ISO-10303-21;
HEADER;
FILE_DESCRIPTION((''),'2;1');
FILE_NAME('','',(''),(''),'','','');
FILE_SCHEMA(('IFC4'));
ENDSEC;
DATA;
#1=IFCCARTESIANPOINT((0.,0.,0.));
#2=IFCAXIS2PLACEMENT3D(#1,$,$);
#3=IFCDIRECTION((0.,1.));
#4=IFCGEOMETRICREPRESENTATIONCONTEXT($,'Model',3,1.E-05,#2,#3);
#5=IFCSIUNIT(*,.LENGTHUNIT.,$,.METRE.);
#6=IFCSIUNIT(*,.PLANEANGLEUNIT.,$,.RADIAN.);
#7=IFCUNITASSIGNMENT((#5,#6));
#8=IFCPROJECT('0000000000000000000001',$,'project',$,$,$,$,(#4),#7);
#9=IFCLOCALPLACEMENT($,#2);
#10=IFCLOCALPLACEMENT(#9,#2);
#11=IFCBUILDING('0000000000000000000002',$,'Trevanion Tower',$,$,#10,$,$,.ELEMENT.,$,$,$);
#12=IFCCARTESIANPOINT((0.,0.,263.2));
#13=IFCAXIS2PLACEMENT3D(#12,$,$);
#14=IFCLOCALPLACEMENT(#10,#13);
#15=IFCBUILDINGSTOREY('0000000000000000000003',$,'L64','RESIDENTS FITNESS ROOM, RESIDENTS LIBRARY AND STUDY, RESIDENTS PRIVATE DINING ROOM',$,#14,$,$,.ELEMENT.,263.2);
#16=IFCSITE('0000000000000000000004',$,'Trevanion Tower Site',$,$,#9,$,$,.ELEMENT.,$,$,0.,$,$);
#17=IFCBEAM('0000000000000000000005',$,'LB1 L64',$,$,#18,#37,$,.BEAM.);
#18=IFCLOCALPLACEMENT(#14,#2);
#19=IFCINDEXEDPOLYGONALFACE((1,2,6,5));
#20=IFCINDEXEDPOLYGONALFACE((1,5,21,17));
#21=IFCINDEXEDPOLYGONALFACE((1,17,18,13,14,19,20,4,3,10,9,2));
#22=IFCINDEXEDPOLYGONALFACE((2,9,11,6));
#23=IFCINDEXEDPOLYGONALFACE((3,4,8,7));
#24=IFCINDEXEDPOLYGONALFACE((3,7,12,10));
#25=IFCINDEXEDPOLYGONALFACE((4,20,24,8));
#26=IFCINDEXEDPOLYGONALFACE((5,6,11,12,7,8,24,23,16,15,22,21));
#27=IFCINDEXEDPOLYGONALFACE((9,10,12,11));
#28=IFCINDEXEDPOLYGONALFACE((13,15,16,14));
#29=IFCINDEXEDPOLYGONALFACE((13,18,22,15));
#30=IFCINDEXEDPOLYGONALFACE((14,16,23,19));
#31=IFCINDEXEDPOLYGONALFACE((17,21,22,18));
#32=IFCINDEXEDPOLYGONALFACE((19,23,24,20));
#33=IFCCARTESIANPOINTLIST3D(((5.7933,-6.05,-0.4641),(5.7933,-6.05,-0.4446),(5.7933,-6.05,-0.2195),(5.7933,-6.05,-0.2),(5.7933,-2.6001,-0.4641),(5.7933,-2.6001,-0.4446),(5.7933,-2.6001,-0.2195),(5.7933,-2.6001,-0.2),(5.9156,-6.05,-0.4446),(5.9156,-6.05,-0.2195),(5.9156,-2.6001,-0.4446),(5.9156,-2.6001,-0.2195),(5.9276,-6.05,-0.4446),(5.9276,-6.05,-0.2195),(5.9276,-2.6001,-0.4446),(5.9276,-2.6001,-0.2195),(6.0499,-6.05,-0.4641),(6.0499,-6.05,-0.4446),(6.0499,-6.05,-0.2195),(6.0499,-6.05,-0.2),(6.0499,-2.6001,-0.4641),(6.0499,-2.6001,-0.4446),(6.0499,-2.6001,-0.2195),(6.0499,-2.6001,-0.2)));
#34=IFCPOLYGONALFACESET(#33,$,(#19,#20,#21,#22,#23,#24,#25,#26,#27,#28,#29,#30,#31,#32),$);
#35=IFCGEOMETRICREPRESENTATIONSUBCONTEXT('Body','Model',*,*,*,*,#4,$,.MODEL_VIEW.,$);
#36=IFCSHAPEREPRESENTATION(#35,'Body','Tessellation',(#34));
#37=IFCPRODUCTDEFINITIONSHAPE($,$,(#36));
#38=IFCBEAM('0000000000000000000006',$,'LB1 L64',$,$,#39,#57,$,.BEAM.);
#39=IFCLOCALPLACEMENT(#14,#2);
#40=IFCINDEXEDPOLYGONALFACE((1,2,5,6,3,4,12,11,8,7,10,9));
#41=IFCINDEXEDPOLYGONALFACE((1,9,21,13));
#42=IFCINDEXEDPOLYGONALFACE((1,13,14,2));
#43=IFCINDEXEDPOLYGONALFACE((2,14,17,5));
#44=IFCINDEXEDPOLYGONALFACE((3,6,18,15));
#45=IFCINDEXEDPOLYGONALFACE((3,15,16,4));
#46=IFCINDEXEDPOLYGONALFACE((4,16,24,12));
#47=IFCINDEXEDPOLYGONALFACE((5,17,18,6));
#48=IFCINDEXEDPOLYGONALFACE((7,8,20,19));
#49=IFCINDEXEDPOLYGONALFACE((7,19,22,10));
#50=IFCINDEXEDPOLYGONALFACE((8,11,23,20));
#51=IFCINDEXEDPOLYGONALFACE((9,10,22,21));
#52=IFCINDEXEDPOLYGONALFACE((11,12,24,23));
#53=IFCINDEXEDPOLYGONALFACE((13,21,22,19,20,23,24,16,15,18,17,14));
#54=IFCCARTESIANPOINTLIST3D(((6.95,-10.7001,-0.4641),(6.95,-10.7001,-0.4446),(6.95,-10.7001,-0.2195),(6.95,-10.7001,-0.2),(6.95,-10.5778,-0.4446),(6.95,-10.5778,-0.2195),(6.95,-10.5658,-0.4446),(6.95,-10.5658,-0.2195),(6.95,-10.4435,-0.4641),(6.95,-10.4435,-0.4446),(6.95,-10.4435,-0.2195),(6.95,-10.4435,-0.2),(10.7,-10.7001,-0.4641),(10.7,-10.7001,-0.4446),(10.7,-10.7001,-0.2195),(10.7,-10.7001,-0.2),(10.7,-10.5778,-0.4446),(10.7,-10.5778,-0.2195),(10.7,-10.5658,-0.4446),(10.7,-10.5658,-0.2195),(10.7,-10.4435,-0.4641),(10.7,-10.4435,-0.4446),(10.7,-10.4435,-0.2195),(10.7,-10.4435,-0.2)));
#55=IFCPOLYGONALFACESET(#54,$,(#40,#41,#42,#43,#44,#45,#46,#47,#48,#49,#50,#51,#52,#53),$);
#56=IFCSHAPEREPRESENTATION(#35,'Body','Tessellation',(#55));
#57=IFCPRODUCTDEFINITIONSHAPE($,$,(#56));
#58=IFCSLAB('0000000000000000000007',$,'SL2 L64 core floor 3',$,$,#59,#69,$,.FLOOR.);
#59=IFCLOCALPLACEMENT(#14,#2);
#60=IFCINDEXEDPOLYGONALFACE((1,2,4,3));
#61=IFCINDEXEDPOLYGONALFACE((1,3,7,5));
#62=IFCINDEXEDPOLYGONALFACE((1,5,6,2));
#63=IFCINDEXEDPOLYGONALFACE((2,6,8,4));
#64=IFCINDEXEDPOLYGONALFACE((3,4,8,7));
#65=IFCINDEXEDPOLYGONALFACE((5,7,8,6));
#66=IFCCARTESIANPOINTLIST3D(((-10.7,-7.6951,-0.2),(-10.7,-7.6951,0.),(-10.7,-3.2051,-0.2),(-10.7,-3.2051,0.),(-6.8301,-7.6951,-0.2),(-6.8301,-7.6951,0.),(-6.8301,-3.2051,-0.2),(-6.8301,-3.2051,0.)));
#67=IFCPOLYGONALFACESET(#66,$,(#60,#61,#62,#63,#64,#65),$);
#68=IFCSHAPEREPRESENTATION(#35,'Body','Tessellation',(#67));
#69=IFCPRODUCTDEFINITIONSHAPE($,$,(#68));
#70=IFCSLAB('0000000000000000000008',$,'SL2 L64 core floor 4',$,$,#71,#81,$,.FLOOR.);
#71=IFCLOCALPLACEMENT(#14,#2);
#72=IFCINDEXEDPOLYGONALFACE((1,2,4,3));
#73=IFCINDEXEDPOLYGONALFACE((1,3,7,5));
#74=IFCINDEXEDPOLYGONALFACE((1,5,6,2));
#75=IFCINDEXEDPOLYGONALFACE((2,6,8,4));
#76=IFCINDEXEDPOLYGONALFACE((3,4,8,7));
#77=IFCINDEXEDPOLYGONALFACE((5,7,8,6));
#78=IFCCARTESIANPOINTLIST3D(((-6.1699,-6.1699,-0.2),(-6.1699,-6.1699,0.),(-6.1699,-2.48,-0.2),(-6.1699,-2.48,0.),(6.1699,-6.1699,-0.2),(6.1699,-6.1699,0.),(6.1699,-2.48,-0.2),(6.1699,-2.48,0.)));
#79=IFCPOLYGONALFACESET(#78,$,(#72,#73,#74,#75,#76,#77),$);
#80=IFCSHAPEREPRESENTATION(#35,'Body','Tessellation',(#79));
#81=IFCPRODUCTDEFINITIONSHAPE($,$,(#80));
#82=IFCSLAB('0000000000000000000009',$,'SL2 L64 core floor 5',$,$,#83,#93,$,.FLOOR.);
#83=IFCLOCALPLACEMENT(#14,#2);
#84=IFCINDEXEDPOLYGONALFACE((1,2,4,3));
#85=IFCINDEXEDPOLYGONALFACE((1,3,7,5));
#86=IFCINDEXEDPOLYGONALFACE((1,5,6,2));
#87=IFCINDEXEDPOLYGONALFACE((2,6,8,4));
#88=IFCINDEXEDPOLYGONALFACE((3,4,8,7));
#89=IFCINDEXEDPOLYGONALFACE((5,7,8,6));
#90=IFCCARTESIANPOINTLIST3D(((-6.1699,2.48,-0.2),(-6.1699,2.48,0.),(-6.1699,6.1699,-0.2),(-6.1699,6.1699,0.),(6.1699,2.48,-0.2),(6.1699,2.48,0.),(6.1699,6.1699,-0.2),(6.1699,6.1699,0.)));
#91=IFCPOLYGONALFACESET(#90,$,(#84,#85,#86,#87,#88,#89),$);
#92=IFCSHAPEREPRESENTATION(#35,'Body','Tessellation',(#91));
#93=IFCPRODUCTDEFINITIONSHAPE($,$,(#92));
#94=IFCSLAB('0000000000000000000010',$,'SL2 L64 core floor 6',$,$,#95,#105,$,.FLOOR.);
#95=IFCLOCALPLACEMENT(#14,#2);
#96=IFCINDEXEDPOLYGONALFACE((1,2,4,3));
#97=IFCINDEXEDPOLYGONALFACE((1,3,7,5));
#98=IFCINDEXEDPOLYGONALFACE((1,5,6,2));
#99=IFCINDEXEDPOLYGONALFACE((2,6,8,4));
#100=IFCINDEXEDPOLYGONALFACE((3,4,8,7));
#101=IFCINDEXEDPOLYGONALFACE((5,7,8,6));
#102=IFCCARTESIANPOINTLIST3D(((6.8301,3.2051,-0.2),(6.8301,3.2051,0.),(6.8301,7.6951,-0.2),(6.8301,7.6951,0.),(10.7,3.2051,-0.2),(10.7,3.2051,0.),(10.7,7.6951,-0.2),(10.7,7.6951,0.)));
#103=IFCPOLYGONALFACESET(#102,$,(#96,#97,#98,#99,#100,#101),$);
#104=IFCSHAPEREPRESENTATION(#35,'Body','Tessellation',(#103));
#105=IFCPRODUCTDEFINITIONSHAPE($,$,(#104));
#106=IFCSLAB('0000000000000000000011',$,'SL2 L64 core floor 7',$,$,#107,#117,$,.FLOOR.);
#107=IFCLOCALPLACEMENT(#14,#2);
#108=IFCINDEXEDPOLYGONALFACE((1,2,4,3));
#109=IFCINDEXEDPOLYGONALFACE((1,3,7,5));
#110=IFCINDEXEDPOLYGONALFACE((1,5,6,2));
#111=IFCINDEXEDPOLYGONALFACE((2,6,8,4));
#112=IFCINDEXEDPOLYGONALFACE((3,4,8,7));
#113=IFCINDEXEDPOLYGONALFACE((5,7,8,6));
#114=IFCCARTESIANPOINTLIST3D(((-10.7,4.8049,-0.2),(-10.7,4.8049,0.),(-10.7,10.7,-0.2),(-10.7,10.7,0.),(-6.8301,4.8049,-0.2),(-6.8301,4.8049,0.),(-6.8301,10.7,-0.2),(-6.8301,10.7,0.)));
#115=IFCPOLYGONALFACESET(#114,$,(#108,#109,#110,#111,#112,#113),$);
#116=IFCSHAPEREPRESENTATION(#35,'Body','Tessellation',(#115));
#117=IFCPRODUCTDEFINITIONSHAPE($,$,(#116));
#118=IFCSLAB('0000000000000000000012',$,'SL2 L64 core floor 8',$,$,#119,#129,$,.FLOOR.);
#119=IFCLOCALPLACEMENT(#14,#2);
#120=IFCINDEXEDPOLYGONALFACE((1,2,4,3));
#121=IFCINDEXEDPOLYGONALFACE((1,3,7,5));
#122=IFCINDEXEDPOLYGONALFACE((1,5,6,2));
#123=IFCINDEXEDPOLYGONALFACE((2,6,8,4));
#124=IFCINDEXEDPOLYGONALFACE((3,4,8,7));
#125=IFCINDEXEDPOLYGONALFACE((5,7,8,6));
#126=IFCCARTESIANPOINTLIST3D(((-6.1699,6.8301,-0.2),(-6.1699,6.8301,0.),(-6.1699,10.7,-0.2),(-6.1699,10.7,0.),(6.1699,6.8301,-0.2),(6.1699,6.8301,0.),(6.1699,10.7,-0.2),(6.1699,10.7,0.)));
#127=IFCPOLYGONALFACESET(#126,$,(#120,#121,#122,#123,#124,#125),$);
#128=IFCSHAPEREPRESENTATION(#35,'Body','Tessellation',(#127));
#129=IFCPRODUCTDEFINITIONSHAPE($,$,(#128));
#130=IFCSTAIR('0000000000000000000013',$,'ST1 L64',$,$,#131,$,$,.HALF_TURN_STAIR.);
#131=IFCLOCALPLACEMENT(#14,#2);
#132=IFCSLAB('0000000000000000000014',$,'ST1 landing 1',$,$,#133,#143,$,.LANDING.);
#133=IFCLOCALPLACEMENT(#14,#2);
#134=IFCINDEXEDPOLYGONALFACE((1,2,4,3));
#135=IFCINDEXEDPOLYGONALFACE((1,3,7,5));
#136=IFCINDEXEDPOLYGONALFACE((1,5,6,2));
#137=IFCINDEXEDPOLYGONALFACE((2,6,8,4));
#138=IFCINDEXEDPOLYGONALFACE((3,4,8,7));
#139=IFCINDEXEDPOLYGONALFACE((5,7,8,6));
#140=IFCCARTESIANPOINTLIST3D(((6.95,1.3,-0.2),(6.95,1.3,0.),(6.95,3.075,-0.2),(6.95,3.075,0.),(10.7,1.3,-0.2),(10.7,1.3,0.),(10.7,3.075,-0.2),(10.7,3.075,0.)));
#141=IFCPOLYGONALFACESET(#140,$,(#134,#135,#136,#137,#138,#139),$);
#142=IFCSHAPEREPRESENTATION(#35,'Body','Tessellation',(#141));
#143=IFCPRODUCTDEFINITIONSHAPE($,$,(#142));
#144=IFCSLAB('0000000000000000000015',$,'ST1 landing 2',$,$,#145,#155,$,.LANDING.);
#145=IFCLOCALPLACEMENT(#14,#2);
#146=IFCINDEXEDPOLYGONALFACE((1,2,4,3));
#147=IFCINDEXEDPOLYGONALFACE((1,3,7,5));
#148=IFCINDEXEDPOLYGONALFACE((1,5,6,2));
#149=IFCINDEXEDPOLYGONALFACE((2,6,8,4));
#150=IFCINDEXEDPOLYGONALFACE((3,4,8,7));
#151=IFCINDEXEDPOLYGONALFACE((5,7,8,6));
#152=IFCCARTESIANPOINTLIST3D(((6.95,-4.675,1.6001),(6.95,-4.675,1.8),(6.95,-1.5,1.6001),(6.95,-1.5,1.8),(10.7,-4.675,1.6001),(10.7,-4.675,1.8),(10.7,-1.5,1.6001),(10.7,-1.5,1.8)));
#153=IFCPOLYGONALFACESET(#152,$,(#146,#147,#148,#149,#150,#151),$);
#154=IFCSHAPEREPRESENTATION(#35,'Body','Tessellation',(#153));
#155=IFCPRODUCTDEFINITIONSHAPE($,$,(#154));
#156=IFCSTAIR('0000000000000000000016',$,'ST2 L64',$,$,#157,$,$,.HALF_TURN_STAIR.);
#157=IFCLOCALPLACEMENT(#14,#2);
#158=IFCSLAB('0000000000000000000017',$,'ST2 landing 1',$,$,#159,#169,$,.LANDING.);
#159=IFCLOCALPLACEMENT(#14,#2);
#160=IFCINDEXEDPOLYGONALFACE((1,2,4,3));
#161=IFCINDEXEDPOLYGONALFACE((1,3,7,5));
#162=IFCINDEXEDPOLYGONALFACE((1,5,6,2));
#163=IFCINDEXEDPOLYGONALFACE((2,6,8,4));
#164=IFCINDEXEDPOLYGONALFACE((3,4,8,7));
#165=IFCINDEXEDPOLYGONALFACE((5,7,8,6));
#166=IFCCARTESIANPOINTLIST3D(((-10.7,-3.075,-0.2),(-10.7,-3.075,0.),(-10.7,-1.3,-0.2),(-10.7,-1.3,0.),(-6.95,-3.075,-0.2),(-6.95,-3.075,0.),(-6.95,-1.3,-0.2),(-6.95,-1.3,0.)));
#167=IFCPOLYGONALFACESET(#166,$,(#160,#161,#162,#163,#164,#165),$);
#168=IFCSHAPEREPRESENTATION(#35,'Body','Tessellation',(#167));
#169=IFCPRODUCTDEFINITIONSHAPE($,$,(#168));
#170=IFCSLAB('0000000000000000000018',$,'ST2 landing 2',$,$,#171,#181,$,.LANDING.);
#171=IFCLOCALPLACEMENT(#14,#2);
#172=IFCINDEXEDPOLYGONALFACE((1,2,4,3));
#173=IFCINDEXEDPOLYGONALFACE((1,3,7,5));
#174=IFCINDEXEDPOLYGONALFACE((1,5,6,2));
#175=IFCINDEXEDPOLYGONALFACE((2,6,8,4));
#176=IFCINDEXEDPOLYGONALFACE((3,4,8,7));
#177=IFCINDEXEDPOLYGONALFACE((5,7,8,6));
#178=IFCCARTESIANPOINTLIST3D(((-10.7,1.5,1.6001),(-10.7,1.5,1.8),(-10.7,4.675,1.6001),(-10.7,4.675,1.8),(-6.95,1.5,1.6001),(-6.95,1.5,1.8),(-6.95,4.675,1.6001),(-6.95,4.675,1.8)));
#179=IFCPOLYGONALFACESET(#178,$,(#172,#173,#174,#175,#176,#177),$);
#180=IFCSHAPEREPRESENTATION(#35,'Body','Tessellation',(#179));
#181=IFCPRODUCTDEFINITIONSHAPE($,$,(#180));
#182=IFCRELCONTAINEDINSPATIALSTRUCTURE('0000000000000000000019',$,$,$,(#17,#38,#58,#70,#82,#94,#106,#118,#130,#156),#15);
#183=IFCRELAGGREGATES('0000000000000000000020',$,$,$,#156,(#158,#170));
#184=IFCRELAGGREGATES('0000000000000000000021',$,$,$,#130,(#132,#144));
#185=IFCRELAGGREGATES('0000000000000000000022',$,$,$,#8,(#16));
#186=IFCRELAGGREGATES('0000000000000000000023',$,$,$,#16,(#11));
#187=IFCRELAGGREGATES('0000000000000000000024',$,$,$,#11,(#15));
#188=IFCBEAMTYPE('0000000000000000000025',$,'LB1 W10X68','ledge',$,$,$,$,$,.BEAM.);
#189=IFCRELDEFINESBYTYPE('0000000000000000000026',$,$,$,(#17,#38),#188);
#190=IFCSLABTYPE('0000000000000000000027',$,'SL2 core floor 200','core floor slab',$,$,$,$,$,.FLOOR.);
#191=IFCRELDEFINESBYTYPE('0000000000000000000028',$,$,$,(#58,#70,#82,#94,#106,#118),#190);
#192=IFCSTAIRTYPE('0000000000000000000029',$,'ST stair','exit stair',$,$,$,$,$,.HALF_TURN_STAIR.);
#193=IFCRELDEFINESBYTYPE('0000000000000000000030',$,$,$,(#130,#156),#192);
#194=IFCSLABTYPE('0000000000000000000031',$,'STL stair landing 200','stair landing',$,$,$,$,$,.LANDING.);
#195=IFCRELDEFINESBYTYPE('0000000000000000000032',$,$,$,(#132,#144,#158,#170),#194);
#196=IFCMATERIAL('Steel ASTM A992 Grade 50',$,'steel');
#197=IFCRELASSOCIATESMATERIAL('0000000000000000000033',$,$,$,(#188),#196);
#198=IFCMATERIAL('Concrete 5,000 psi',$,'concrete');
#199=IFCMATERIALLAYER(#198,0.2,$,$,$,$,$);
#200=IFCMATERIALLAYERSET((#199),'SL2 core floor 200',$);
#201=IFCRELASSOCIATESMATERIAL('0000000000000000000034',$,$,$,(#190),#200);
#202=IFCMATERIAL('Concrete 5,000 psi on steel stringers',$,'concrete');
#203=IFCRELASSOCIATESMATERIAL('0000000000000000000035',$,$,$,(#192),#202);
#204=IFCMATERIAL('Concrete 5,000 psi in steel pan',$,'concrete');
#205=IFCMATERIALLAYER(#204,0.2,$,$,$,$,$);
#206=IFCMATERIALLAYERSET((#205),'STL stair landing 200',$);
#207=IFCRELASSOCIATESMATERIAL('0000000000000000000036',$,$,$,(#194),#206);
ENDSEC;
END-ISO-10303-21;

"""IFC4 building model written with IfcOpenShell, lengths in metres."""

from ifc_helpers import new_model, si_unit, direction, frame, origin, origin_2d, place, context, subcontext, project, spatial, polyline, i_section, outline, extrude, material, layer, layer_set, material_profile, profile_set, type_object, element, aggregate, save


model = new_model("IFC4")

# Units and contexts
model_context = context("Model", 3, precision=1e-05, world=origin(), true_north=direction((0.0, 1.0)))
body_context = subcontext(model_context, "Body", "Model", "MODEL_VIEW")
ifc_project = project(units=[si_unit("LENGTHUNIT", "METRE"), si_unit("PLANEANGLEUNIT", "RADIAN")], contexts=[model_context])

# Site, building, storey
site_placement = place(None, origin())
site = spatial("IfcSite", under=ifc_project, at=site_placement, Name="Trevanion Tower Site", CompositionType="ELEMENT", RefElevation=0.0)
building_placement = place(site_placement, origin())
building = spatial("IfcBuilding", under=site, at=building_placement, Name="Trevanion Tower", CompositionType="ELEMENT")
storey_placement = place(building_placement, frame((0.0, 0.0, 263.2)))
storey = spatial("IfcBuildingStorey", under=building, at=storey_placement, Name="L64", Description="RESIDENTS FITNESS ROOM, RESIDENTS LIBRARY AND STUDY, RESIDENTS PRIVATE DINING ROOM", CompositionType="ELEMENT", Elevation=263.2)

# Beams
ifc_material_1 = material(Name="Steel ASTM A992 Grade 50", Category="steel")
ifc_material_profile = material_profile(ifc_material_1, i_section(OverallWidth=0.2566, OverallDepth=0.2642, WebThickness=0.012, FlangeThickness=0.0195, at=origin_2d()), Name="W10X68")
ifc_profile_set = profile_set([ifc_material_profile], Name="Steel ASTM A992 Grade 50")
beam_type = type_object("IfcBeamType", Name="LB1 W10X68", Description="ledge", PredefinedType="BEAM", material=ifc_profile_set)
beam_1_placement = place(storey_placement, frame((5.9216, -6.05, -0.332), z_axis=(0.0, 1.0, 0.0), x_axis=(-1.0, 0.0, 0.0)))
element("IfcBeam", 1, at=beam_1_placement, inside=storey, type_object=beam_type, Name="LB1 L64", PredefinedType="BEAM", context=body_context, shape_type="SweptSolid", body=[
    extrude(i_section(OverallWidth=0.2566, OverallDepth=0.2642, WebThickness=0.012, FlangeThickness=0.0195, at=origin_2d()), origin(), (0.0, 0.0, 1.0), 3.45),
])
beam_2_placement = place(storey_placement, frame((6.95, -10.5718, -0.332), z_axis=(1.0, 0.0, 0.0), x_axis=(0.0, 1.0, 0.0)))
element("IfcBeam", 2, at=beam_2_placement, inside=storey, type_object=beam_type, Name="LB1 L64", PredefinedType="BEAM", context=body_context, shape_type="SweptSolid", body=[
    extrude(i_section(OverallWidth=0.2566, OverallDepth=0.2642, WebThickness=0.012, FlangeThickness=0.0195, at=origin_2d()), origin(), (0.0, 0.0, 1.0), 3.75),
])

# Slabs
ifc_material_2 = material(Name="Concrete 5,000 psi", Category="concrete")
ifc_layer_1 = layer(ifc_material_2, 0.2)
ifc_layer_set_1 = layer_set([ifc_layer_1], Name="SL2 core floor 200")
slab_type_1 = type_object("IfcSlabType", Name="SL2 core floor 200", Description="core floor slab", PredefinedType="FLOOR", material=ifc_layer_set_1)
slab_1_placement = place(storey_placement, frame((0.0, 0.0, -0.2)))
element("IfcSlab", 3, at=slab_1_placement, inside=storey, type_object=slab_type_1, Name="SL2 L64 core floor 3", PredefinedType="FLOOR", context=body_context, shape_type="SweptSolid", body=[
    extrude(outline(polyline([(-6.8301, -3.2051), (-6.8301, -7.6951), (-10.7, -7.6951), (-10.7, -3.2051), (-6.8301, -3.2051)])), origin(), (0.0, 0.0, 1.0), 0.2),
])
slab_2_placement = place(storey_placement, frame((0.0, 0.0, -0.2)))
element("IfcSlab", 4, at=slab_2_placement, inside=storey, type_object=slab_type_1, Name="SL2 L64 core floor 4", PredefinedType="FLOOR", context=body_context, shape_type="SweptSolid", body=[
    extrude(outline(polyline([(6.1699, -6.1699), (-6.1699, -6.1699), (-6.1699, -2.48), (6.1699, -2.48), (6.1699, -6.1699)])), origin(), (0.0, 0.0, 1.0), 0.2),
])
slab_3_placement = place(storey_placement, frame((0.0, 0.0, -0.2)))
element("IfcSlab", 5, at=slab_3_placement, inside=storey, type_object=slab_type_1, Name="SL2 L64 core floor 5", PredefinedType="FLOOR", context=body_context, shape_type="SweptSolid", body=[
    extrude(outline(polyline([(6.1699, 2.48), (-6.1699, 2.48), (-6.1699, 6.1699), (6.1699, 6.1699), (6.1699, 2.48)])), origin(), (0.0, 0.0, 1.0), 0.2),
])
slab_4_placement = place(storey_placement, frame((0.0, 0.0, -0.2)))
element("IfcSlab", 6, at=slab_4_placement, inside=storey, type_object=slab_type_1, Name="SL2 L64 core floor 6", PredefinedType="FLOOR", context=body_context, shape_type="SweptSolid", body=[
    extrude(outline(polyline([(6.8301, 3.2051), (6.8301, 7.6951), (10.7, 7.6951), (10.7, 3.2051), (6.8301, 3.2051)])), origin(), (0.0, 0.0, 1.0), 0.2),
])
slab_5_placement = place(storey_placement, frame((0.0, 0.0, -0.2)))
element("IfcSlab", 7, at=slab_5_placement, inside=storey, type_object=slab_type_1, Name="SL2 L64 core floor 7", PredefinedType="FLOOR", context=body_context, shape_type="SweptSolid", body=[
    extrude(outline(polyline([(-6.8301, 4.8049), (-10.7, 4.8049), (-10.7, 10.7), (-6.8301, 10.7), (-6.8301, 4.8049)])), origin(), (0.0, 0.0, 1.0), 0.2),
])
slab_6_placement = place(storey_placement, frame((0.0, 0.0, -0.2)))
element("IfcSlab", 8, at=slab_6_placement, inside=storey, type_object=slab_type_1, Name="SL2 L64 core floor 8", PredefinedType="FLOOR", context=body_context, shape_type="SweptSolid", body=[
    extrude(outline(polyline([(6.1699, 6.8301), (-6.1699, 6.8301), (-6.1699, 10.7), (6.1699, 10.7), (6.1699, 6.8301)])), origin(), (0.0, 0.0, 1.0), 0.2),
])

# Stairs, slabs
ifc_material_3 = material(Name="Concrete 5,000 psi on steel stringers", Category="concrete")
stair_type = type_object("IfcStairType", Name="ST stair", Description="exit stair", PredefinedType="HALF_TURN_STAIR", material=ifc_material_3)
stair_1_placement = place(storey_placement, origin())
stair_1 = element("IfcStair", 9, at=stair_1_placement, inside=storey, type_object=stair_type, Name="ST1 L64", PredefinedType="HALF_TURN_STAIR")
ifc_material_4 = material(Name="Concrete 5,000 psi in steel pan", Category="concrete")
ifc_layer_2 = layer(ifc_material_4, 0.2)
ifc_layer_set_2 = layer_set([ifc_layer_2], Name="STL stair landing 200")
slab_type_2 = type_object("IfcSlabType", Name="STL stair landing 200", Description="stair landing", PredefinedType="LANDING", material=ifc_layer_set_2)
slab_7_placement = place(storey_placement, frame((0.0, 0.0, -0.2)))
slab_7 = element("IfcSlab", 10, at=slab_7_placement, type_object=slab_type_2, Name="ST1 landing 1", PredefinedType="LANDING", context=body_context, shape_type="SweptSolid", body=[
    extrude(outline(polyline([(6.95, 1.3), (10.7, 1.3), (10.7, 3.075), (6.95, 3.075), (6.95, 1.3)])), origin(), (0.0, 0.0, 1.0), 0.2),
])
slab_8_placement = place(storey_placement, frame((0.0, 0.0, 1.6001)))
slab_8 = element("IfcSlab", 11, at=slab_8_placement, type_object=slab_type_2, Name="ST1 landing 2", PredefinedType="LANDING", context=body_context, shape_type="SweptSolid", body=[
    extrude(outline(polyline([(6.95, -4.675), (10.7, -4.675), (10.7, -1.5), (6.95, -1.5), (6.95, -4.675)])), origin(), (0.0, 0.0, 1.0), 0.2),
])
stair_2_placement = place(storey_placement, origin())
stair_2 = element("IfcStair", 12, at=stair_2_placement, inside=storey, type_object=stair_type, Name="ST2 L64", PredefinedType="HALF_TURN_STAIR")
slab_9_placement = place(storey_placement, frame((0.0, 0.0, -0.2)))
slab_9 = element("IfcSlab", 13, at=slab_9_placement, type_object=slab_type_2, Name="ST2 landing 1", PredefinedType="LANDING", context=body_context, shape_type="SweptSolid", body=[
    extrude(outline(polyline([(-6.95, -1.3), (-10.7, -1.3), (-10.7, -3.075), (-6.95, -3.075), (-6.95, -1.3)])), origin(), (0.0, 0.0, 1.0), 0.2),
])
slab_10_placement = place(storey_placement, frame((0.0, 0.0, 1.6001)))
slab_10 = element("IfcSlab", 14, at=slab_10_placement, type_object=slab_type_2, Name="ST2 landing 2", PredefinedType="LANDING", context=body_context, shape_type="SweptSolid", body=[
    extrude(outline(polyline([(-6.95, 4.675), (-10.7, 4.675), (-10.7, 1.5), (-6.95, 1.5), (-6.95, 4.675)])), origin(), (0.0, 0.0, 1.0), 0.2),
])
aggregate(stair_2, [slab_9, slab_10])

aggregate(stair_1, [slab_7, slab_8])

save(model, "model.ifc")
